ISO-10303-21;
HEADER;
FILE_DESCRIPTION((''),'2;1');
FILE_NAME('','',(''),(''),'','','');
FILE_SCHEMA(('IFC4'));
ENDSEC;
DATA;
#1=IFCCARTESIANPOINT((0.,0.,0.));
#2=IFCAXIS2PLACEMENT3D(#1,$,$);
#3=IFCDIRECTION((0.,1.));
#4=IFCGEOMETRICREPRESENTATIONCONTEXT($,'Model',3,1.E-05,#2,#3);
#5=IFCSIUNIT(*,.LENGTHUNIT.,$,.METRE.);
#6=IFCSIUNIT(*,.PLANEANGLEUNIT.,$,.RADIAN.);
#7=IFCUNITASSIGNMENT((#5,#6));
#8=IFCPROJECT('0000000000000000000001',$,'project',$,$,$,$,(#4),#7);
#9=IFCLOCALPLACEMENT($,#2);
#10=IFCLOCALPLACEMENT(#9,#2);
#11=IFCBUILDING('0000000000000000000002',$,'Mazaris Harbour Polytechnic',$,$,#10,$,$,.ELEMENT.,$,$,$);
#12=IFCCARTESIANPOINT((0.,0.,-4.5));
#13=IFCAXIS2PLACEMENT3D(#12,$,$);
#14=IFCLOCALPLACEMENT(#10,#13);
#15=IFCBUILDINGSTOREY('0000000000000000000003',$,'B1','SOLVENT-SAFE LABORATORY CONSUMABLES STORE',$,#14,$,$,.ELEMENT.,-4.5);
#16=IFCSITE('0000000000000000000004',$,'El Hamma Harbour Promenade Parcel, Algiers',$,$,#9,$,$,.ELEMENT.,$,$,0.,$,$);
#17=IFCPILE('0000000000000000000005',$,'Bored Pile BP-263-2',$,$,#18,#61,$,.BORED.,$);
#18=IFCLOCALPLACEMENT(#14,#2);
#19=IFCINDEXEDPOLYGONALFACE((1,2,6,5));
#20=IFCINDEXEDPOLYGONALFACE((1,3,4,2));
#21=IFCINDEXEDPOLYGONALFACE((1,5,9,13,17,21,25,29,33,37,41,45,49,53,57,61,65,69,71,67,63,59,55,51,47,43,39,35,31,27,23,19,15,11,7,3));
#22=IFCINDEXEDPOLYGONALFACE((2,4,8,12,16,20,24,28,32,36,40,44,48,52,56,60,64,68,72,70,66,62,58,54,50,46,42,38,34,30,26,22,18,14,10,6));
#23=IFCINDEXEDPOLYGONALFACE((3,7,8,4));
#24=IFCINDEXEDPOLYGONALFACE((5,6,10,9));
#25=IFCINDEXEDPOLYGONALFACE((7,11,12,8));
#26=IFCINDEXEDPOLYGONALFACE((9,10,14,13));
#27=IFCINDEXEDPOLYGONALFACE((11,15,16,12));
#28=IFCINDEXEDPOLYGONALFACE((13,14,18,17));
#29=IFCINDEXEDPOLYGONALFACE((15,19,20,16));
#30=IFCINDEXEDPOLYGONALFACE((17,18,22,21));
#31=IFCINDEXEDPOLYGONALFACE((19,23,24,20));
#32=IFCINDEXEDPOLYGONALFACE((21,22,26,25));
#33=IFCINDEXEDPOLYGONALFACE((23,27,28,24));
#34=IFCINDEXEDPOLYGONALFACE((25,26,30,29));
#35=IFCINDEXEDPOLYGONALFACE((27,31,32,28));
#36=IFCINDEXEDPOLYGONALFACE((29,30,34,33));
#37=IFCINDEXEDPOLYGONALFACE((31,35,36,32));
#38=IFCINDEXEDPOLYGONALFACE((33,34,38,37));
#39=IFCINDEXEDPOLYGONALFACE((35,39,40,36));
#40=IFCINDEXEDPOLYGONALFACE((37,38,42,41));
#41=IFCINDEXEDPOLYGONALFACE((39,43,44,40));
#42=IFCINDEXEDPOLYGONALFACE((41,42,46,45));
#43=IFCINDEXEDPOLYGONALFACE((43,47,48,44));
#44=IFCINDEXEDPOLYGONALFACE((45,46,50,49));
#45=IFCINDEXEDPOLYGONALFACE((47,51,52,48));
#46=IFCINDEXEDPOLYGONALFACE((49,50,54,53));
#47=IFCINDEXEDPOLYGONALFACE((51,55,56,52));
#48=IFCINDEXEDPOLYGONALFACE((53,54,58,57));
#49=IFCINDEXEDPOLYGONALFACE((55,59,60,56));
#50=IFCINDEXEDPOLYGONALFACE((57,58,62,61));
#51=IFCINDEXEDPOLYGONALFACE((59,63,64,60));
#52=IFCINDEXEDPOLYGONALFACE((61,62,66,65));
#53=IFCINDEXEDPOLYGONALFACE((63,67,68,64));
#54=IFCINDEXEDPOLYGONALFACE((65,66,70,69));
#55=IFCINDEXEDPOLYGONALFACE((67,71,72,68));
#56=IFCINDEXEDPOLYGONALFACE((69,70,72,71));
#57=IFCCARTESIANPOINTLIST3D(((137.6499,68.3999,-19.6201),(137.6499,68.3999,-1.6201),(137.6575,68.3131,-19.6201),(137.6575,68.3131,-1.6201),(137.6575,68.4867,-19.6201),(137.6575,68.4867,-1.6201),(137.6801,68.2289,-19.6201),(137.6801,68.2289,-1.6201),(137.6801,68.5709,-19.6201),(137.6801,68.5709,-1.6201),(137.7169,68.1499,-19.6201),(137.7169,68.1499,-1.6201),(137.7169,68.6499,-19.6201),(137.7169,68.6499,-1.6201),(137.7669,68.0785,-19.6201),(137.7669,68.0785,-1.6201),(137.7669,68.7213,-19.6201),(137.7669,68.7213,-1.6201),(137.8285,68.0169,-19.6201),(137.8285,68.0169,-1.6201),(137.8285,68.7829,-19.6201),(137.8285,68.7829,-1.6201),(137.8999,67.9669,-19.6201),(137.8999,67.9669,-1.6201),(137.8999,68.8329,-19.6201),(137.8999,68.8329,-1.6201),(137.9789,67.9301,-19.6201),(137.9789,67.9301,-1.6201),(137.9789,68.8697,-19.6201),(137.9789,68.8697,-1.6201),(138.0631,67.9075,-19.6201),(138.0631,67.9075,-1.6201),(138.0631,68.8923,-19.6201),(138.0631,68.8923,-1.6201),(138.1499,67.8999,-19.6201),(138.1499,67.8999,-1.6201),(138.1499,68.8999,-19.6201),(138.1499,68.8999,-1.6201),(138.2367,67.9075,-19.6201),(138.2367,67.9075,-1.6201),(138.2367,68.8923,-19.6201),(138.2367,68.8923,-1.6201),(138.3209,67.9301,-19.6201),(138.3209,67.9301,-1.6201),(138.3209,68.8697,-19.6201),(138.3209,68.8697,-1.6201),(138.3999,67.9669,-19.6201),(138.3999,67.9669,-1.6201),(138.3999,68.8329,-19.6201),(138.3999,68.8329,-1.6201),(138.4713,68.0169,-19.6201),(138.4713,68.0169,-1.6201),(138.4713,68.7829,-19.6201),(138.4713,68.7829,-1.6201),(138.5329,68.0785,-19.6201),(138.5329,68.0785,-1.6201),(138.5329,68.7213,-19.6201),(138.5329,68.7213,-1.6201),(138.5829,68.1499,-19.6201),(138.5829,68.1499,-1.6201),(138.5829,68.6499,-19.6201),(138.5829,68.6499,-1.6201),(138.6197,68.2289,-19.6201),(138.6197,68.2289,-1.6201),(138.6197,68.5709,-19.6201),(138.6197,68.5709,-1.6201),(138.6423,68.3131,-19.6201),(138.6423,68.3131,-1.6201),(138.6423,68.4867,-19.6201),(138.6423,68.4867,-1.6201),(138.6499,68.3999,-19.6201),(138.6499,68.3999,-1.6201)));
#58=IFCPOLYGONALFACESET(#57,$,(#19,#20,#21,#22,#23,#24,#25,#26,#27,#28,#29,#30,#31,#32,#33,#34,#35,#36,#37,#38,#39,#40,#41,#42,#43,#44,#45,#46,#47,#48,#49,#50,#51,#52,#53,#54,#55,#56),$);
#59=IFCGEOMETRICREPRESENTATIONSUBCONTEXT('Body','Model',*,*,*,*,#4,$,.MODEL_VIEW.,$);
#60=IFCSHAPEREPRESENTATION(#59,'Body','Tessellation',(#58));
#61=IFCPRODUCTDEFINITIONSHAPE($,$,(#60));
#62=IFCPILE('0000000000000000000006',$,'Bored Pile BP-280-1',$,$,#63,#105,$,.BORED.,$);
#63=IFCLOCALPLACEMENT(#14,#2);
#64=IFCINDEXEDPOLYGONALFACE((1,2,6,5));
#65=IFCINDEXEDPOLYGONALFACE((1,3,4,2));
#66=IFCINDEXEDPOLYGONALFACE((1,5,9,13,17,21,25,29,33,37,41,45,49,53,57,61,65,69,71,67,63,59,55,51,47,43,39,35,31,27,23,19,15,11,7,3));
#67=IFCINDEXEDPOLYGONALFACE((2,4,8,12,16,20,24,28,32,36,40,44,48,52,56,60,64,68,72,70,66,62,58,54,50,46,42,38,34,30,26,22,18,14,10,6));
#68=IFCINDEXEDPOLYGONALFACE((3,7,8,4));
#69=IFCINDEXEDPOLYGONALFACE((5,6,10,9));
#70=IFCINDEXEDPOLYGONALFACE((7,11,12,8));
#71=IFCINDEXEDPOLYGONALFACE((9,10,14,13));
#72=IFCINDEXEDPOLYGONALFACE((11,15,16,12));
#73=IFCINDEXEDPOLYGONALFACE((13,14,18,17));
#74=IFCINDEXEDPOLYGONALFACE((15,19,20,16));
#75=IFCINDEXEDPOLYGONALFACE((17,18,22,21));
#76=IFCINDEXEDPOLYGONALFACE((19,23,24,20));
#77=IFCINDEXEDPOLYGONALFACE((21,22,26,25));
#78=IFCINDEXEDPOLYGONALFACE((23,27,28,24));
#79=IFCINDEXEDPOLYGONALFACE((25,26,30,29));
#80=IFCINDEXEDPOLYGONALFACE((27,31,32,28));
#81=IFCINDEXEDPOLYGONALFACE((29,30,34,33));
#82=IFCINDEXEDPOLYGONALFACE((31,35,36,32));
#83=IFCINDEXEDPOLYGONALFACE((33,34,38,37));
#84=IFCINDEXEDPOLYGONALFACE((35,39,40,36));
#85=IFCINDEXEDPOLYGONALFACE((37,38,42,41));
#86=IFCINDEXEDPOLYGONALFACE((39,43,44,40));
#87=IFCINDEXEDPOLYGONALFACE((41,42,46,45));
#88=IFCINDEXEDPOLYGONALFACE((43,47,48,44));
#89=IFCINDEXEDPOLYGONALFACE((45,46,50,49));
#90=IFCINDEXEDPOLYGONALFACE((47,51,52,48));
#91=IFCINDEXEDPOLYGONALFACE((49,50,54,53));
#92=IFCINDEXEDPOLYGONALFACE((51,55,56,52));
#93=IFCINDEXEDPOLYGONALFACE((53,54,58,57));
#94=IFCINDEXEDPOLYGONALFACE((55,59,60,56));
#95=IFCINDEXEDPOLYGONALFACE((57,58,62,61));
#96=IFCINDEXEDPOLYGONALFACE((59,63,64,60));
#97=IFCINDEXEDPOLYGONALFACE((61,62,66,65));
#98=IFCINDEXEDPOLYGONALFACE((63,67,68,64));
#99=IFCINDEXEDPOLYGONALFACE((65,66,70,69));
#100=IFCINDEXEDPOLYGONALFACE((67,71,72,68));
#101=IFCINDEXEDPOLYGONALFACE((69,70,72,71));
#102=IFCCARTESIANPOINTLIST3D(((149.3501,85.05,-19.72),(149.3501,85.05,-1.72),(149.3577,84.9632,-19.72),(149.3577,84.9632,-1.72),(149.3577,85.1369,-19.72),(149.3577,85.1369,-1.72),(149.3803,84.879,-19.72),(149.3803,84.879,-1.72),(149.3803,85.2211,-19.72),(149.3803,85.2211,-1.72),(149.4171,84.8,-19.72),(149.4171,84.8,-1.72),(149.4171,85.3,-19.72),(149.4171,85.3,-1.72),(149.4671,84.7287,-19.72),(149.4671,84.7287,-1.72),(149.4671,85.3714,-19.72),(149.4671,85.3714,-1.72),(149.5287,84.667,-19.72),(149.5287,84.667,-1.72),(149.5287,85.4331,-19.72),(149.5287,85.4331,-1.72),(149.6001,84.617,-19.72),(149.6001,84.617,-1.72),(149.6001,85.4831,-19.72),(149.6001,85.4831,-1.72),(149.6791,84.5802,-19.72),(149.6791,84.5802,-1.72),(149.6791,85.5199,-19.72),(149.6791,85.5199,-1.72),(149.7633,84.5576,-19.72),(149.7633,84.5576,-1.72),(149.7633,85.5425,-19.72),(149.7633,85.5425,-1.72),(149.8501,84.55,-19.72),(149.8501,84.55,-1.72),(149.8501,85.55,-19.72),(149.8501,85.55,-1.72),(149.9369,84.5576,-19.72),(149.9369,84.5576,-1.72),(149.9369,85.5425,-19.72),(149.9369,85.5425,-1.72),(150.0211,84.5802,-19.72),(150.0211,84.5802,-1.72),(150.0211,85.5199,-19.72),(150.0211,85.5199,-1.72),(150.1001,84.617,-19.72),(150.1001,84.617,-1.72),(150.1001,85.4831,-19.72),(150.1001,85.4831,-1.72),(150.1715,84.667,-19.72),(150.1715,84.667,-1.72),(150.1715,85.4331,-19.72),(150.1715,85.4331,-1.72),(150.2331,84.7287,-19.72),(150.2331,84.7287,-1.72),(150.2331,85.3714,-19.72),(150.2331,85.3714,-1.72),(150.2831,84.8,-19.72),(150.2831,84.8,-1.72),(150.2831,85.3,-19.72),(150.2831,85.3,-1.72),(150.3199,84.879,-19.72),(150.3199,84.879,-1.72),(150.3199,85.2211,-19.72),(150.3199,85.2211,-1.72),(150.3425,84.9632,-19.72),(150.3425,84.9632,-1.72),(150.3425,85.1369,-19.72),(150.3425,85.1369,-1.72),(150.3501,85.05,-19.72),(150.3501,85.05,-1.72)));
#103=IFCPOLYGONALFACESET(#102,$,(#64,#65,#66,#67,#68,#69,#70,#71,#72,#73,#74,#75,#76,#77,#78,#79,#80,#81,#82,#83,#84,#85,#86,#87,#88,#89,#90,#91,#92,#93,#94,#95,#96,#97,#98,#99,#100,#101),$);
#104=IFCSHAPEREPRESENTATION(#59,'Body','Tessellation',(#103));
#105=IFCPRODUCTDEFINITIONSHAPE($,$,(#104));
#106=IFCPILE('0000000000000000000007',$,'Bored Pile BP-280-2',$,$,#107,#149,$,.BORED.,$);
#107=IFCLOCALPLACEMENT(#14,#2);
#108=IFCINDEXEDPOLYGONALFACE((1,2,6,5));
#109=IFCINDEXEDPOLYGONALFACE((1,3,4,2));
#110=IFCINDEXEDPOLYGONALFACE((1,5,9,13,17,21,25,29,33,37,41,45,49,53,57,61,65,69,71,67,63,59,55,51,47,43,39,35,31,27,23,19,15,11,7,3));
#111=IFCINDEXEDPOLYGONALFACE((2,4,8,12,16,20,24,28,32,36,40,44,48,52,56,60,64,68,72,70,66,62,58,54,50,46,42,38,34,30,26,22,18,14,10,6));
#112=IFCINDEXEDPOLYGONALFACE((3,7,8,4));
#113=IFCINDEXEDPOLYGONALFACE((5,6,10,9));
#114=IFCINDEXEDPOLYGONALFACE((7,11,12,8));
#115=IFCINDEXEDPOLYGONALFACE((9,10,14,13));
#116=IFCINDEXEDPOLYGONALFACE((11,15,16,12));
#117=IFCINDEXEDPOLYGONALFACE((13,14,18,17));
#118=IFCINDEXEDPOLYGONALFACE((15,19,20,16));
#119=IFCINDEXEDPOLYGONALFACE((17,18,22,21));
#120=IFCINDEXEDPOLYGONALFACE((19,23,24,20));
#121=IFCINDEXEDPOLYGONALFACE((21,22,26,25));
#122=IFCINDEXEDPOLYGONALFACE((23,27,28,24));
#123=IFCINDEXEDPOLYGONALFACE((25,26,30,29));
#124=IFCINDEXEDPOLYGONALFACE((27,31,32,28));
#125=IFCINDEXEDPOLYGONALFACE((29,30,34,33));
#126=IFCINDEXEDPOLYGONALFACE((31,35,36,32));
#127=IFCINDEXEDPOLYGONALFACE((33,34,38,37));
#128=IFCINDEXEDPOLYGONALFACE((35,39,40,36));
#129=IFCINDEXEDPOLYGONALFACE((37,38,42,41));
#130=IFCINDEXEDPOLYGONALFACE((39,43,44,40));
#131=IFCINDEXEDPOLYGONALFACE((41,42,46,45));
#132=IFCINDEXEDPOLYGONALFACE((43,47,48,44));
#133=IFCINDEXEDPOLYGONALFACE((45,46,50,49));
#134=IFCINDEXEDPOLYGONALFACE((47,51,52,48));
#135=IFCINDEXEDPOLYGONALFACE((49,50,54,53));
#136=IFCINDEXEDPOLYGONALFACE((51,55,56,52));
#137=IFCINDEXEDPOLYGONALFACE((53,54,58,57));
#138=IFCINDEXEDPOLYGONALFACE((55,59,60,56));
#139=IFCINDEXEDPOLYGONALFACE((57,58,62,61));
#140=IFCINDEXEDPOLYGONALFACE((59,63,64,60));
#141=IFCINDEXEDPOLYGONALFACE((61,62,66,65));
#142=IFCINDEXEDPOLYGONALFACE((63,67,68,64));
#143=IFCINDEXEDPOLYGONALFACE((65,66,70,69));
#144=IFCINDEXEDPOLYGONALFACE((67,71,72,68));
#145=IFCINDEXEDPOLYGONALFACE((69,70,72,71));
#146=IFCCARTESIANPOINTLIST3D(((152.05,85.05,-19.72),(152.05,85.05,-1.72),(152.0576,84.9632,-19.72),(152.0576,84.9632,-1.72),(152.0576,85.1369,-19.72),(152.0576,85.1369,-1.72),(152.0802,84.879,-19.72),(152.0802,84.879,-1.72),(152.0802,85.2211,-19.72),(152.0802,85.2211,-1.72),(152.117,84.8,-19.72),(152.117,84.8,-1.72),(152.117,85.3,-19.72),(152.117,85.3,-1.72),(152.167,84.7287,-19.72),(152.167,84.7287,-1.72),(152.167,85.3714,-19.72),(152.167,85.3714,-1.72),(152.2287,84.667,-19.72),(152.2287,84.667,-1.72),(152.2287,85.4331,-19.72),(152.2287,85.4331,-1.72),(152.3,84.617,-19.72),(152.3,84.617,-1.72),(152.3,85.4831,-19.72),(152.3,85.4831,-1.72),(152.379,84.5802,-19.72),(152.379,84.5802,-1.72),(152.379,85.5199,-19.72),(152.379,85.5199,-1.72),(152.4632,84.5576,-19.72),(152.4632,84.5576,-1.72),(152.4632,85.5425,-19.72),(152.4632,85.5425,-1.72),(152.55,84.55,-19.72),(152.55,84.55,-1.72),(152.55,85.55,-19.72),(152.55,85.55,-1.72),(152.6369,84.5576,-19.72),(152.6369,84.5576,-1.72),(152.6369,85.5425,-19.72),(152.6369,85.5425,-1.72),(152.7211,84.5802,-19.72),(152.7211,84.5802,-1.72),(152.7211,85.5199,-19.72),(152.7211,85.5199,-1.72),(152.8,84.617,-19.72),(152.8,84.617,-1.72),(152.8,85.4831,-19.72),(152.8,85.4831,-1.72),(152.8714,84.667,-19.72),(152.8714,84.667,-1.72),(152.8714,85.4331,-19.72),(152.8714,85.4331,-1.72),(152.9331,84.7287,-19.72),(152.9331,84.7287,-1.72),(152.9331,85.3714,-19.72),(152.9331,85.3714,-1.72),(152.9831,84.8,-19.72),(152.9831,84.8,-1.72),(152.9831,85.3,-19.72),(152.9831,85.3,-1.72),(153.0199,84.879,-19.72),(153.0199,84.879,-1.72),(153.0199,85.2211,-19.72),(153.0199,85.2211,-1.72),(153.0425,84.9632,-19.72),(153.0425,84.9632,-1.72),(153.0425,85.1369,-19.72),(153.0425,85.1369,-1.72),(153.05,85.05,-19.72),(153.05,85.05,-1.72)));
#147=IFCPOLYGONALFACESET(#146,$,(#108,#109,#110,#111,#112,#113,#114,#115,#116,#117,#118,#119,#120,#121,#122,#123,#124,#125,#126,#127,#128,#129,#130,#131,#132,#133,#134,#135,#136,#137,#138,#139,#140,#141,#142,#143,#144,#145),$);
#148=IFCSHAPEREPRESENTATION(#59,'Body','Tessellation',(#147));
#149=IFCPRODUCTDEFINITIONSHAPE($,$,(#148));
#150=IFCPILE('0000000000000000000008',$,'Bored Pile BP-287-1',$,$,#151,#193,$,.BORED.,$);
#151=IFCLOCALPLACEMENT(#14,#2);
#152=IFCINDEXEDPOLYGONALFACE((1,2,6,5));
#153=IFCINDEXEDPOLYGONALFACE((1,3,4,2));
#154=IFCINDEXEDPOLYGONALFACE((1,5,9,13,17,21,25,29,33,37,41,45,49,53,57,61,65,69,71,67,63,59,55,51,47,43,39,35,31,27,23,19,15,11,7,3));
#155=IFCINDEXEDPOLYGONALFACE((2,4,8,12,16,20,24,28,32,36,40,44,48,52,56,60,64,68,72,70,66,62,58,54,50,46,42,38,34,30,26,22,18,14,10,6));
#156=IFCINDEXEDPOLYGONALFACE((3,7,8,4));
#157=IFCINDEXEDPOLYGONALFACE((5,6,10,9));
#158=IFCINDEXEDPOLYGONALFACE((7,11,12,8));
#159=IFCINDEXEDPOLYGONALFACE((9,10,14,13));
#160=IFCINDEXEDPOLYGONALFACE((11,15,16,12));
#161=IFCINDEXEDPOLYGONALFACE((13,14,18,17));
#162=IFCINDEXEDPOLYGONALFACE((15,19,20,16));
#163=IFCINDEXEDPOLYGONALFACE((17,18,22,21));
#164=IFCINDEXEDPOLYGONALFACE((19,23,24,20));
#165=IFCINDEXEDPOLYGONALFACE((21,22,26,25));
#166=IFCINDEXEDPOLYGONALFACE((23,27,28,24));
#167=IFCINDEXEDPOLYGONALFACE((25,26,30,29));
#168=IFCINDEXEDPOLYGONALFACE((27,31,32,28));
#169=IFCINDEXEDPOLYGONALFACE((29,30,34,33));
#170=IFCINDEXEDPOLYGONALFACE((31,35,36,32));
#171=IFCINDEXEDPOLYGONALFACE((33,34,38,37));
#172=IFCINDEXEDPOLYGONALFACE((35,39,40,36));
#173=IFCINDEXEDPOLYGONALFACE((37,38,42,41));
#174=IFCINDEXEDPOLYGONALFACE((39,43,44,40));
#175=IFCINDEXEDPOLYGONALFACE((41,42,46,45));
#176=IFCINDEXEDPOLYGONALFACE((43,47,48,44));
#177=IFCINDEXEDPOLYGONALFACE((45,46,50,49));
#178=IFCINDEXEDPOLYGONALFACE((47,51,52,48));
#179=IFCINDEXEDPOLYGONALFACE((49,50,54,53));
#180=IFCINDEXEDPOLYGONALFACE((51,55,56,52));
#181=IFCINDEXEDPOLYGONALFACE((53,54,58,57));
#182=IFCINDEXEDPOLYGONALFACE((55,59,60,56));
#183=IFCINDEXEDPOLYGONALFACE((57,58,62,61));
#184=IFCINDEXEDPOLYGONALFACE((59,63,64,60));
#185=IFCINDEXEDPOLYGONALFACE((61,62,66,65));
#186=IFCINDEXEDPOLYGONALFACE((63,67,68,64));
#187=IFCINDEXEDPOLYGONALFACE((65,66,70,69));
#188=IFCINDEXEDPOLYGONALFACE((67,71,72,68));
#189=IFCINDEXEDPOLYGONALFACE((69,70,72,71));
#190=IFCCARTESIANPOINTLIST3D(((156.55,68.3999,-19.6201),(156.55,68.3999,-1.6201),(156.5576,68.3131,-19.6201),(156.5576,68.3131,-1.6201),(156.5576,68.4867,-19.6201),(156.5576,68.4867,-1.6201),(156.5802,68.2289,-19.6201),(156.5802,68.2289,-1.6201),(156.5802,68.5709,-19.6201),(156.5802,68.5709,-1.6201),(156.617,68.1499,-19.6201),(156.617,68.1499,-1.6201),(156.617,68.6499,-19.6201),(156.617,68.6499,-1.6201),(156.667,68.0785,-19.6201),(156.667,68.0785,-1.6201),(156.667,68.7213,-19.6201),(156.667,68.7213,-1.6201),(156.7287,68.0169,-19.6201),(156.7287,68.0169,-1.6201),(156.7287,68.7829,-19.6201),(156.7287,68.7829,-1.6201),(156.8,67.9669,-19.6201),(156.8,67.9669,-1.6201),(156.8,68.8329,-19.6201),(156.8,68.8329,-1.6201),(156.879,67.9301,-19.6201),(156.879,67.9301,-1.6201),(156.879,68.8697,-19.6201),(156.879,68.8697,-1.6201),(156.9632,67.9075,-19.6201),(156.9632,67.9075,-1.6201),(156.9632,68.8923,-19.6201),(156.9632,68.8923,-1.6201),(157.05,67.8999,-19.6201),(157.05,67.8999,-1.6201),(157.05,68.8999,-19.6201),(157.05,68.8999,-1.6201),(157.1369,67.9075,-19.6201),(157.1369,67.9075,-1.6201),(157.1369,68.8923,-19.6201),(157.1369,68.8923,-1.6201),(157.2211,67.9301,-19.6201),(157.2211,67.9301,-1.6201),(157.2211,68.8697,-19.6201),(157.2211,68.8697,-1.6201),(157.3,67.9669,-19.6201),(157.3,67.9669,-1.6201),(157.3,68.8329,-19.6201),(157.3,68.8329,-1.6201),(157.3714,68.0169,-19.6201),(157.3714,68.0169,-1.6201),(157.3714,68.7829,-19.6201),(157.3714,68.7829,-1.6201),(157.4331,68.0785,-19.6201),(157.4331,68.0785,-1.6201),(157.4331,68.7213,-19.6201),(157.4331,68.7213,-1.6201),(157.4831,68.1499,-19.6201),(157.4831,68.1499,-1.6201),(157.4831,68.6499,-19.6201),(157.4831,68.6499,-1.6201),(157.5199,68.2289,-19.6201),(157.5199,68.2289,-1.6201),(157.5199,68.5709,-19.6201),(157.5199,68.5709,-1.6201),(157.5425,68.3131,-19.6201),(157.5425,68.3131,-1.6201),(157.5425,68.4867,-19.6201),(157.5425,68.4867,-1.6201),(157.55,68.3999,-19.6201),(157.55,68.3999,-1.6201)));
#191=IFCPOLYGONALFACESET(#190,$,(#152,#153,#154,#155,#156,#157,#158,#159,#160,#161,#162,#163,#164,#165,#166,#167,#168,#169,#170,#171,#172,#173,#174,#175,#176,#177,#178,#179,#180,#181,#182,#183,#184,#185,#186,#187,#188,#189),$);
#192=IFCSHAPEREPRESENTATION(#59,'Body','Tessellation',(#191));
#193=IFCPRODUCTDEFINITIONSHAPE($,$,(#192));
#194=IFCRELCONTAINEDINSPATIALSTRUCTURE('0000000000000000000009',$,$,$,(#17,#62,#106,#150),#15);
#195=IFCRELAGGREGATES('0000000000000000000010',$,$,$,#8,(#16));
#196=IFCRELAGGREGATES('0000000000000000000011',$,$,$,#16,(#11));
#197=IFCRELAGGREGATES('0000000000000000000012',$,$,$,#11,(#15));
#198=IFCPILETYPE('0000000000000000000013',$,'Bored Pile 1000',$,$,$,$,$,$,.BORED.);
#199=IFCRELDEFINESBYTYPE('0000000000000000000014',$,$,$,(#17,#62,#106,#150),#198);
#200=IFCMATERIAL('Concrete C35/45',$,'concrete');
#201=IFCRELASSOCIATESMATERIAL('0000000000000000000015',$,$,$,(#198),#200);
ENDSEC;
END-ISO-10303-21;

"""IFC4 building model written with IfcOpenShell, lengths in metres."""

from ifc_helpers import new_model, si_unit, direction, frame, origin, origin_2d, place, context, subcontext, project, spatial, circle, extrude, material, material_profile, profile_set, type_object, element, save


model = new_model("IFC4")

# Units and contexts
model_context = context("Model", 3, precision=1e-05, world=origin(), true_north=direction((0.0, 1.0)))
body_context = subcontext(model_context, "Body", "Model", "MODEL_VIEW")
ifc_project = project(units=[si_unit("LENGTHUNIT", "METRE"), si_unit("PLANEANGLEUNIT", "RADIAN")], contexts=[model_context])

# Site, building, storey
site_placement = place(None, origin())
site = spatial("IfcSite", under=ifc_project, at=site_placement, Name="El Hamma Harbour Promenade Parcel, Algiers", CompositionType="ELEMENT", RefElevation=0.0)
building_placement = place(site_placement, origin())
building = spatial("IfcBuilding", under=site, at=building_placement, Name="Mazaris Harbour Polytechnic", CompositionType="ELEMENT")
storey_placement = place(building_placement, frame((0.0, 0.0, -4.5)))
storey = spatial("IfcBuildingStorey", under=building, at=storey_placement, Name="B1", Description="SOLVENT-SAFE LABORATORY CONSUMABLES STORE", CompositionType="ELEMENT", Elevation=-4.5)

# Piles
ifc_material_1 = material(Name="Concrete C35/45", Category="concrete")
ifc_material_profile_1 = material_profile(ifc_material_1, circle(Radius=0.5, at=origin_2d()), Name="DIA1000")
ifc_profile_set_1 = profile_set([ifc_material_profile_1], Name="Concrete C35/45")
pile_type_1 = type_object("IfcPileType", Name="Bored Pile 1000", PredefinedType="BORED", material=ifc_profile_set_1)
for number, where, z_axis, x_axis, name in (
    (1, (138.1499, 68.3999, -1.6201), (0.0, 0.0, -1.0), (1.0, 0.0, 0.0), "Bored Pile BP-263-2"),
    (2, (149.8501, 85.05, -1.72), (0.0, 0.0, -1.0), (1.0, 0.0, 0.0), "Bored Pile BP-280-1"),
    (3, (152.55, 85.05, -1.72), (0.0, 0.0, -1.0), (1.0, 0.0, 0.0), "Bored Pile BP-280-2"),
    (4, (157.05, 68.3999, -1.6201), (0.0, 0.0, -1.0), (1.0, 0.0, 0.0), "Bored Pile BP-287-1"),
):
    element("IfcPile", number, at=place(storey_placement, frame(where, z_axis=z_axis, x_axis=x_axis)), inside=storey, type_object=pile_type_1, Name=name, PredefinedType="BORED", context=body_context, shape_type="SweptSolid", body=[
        extrude(circle(Radius=0.5, at=origin_2d()), origin(), (0.0, 0.0, 1.0), 18.0),
    ])

save(model, "model.ifc")
